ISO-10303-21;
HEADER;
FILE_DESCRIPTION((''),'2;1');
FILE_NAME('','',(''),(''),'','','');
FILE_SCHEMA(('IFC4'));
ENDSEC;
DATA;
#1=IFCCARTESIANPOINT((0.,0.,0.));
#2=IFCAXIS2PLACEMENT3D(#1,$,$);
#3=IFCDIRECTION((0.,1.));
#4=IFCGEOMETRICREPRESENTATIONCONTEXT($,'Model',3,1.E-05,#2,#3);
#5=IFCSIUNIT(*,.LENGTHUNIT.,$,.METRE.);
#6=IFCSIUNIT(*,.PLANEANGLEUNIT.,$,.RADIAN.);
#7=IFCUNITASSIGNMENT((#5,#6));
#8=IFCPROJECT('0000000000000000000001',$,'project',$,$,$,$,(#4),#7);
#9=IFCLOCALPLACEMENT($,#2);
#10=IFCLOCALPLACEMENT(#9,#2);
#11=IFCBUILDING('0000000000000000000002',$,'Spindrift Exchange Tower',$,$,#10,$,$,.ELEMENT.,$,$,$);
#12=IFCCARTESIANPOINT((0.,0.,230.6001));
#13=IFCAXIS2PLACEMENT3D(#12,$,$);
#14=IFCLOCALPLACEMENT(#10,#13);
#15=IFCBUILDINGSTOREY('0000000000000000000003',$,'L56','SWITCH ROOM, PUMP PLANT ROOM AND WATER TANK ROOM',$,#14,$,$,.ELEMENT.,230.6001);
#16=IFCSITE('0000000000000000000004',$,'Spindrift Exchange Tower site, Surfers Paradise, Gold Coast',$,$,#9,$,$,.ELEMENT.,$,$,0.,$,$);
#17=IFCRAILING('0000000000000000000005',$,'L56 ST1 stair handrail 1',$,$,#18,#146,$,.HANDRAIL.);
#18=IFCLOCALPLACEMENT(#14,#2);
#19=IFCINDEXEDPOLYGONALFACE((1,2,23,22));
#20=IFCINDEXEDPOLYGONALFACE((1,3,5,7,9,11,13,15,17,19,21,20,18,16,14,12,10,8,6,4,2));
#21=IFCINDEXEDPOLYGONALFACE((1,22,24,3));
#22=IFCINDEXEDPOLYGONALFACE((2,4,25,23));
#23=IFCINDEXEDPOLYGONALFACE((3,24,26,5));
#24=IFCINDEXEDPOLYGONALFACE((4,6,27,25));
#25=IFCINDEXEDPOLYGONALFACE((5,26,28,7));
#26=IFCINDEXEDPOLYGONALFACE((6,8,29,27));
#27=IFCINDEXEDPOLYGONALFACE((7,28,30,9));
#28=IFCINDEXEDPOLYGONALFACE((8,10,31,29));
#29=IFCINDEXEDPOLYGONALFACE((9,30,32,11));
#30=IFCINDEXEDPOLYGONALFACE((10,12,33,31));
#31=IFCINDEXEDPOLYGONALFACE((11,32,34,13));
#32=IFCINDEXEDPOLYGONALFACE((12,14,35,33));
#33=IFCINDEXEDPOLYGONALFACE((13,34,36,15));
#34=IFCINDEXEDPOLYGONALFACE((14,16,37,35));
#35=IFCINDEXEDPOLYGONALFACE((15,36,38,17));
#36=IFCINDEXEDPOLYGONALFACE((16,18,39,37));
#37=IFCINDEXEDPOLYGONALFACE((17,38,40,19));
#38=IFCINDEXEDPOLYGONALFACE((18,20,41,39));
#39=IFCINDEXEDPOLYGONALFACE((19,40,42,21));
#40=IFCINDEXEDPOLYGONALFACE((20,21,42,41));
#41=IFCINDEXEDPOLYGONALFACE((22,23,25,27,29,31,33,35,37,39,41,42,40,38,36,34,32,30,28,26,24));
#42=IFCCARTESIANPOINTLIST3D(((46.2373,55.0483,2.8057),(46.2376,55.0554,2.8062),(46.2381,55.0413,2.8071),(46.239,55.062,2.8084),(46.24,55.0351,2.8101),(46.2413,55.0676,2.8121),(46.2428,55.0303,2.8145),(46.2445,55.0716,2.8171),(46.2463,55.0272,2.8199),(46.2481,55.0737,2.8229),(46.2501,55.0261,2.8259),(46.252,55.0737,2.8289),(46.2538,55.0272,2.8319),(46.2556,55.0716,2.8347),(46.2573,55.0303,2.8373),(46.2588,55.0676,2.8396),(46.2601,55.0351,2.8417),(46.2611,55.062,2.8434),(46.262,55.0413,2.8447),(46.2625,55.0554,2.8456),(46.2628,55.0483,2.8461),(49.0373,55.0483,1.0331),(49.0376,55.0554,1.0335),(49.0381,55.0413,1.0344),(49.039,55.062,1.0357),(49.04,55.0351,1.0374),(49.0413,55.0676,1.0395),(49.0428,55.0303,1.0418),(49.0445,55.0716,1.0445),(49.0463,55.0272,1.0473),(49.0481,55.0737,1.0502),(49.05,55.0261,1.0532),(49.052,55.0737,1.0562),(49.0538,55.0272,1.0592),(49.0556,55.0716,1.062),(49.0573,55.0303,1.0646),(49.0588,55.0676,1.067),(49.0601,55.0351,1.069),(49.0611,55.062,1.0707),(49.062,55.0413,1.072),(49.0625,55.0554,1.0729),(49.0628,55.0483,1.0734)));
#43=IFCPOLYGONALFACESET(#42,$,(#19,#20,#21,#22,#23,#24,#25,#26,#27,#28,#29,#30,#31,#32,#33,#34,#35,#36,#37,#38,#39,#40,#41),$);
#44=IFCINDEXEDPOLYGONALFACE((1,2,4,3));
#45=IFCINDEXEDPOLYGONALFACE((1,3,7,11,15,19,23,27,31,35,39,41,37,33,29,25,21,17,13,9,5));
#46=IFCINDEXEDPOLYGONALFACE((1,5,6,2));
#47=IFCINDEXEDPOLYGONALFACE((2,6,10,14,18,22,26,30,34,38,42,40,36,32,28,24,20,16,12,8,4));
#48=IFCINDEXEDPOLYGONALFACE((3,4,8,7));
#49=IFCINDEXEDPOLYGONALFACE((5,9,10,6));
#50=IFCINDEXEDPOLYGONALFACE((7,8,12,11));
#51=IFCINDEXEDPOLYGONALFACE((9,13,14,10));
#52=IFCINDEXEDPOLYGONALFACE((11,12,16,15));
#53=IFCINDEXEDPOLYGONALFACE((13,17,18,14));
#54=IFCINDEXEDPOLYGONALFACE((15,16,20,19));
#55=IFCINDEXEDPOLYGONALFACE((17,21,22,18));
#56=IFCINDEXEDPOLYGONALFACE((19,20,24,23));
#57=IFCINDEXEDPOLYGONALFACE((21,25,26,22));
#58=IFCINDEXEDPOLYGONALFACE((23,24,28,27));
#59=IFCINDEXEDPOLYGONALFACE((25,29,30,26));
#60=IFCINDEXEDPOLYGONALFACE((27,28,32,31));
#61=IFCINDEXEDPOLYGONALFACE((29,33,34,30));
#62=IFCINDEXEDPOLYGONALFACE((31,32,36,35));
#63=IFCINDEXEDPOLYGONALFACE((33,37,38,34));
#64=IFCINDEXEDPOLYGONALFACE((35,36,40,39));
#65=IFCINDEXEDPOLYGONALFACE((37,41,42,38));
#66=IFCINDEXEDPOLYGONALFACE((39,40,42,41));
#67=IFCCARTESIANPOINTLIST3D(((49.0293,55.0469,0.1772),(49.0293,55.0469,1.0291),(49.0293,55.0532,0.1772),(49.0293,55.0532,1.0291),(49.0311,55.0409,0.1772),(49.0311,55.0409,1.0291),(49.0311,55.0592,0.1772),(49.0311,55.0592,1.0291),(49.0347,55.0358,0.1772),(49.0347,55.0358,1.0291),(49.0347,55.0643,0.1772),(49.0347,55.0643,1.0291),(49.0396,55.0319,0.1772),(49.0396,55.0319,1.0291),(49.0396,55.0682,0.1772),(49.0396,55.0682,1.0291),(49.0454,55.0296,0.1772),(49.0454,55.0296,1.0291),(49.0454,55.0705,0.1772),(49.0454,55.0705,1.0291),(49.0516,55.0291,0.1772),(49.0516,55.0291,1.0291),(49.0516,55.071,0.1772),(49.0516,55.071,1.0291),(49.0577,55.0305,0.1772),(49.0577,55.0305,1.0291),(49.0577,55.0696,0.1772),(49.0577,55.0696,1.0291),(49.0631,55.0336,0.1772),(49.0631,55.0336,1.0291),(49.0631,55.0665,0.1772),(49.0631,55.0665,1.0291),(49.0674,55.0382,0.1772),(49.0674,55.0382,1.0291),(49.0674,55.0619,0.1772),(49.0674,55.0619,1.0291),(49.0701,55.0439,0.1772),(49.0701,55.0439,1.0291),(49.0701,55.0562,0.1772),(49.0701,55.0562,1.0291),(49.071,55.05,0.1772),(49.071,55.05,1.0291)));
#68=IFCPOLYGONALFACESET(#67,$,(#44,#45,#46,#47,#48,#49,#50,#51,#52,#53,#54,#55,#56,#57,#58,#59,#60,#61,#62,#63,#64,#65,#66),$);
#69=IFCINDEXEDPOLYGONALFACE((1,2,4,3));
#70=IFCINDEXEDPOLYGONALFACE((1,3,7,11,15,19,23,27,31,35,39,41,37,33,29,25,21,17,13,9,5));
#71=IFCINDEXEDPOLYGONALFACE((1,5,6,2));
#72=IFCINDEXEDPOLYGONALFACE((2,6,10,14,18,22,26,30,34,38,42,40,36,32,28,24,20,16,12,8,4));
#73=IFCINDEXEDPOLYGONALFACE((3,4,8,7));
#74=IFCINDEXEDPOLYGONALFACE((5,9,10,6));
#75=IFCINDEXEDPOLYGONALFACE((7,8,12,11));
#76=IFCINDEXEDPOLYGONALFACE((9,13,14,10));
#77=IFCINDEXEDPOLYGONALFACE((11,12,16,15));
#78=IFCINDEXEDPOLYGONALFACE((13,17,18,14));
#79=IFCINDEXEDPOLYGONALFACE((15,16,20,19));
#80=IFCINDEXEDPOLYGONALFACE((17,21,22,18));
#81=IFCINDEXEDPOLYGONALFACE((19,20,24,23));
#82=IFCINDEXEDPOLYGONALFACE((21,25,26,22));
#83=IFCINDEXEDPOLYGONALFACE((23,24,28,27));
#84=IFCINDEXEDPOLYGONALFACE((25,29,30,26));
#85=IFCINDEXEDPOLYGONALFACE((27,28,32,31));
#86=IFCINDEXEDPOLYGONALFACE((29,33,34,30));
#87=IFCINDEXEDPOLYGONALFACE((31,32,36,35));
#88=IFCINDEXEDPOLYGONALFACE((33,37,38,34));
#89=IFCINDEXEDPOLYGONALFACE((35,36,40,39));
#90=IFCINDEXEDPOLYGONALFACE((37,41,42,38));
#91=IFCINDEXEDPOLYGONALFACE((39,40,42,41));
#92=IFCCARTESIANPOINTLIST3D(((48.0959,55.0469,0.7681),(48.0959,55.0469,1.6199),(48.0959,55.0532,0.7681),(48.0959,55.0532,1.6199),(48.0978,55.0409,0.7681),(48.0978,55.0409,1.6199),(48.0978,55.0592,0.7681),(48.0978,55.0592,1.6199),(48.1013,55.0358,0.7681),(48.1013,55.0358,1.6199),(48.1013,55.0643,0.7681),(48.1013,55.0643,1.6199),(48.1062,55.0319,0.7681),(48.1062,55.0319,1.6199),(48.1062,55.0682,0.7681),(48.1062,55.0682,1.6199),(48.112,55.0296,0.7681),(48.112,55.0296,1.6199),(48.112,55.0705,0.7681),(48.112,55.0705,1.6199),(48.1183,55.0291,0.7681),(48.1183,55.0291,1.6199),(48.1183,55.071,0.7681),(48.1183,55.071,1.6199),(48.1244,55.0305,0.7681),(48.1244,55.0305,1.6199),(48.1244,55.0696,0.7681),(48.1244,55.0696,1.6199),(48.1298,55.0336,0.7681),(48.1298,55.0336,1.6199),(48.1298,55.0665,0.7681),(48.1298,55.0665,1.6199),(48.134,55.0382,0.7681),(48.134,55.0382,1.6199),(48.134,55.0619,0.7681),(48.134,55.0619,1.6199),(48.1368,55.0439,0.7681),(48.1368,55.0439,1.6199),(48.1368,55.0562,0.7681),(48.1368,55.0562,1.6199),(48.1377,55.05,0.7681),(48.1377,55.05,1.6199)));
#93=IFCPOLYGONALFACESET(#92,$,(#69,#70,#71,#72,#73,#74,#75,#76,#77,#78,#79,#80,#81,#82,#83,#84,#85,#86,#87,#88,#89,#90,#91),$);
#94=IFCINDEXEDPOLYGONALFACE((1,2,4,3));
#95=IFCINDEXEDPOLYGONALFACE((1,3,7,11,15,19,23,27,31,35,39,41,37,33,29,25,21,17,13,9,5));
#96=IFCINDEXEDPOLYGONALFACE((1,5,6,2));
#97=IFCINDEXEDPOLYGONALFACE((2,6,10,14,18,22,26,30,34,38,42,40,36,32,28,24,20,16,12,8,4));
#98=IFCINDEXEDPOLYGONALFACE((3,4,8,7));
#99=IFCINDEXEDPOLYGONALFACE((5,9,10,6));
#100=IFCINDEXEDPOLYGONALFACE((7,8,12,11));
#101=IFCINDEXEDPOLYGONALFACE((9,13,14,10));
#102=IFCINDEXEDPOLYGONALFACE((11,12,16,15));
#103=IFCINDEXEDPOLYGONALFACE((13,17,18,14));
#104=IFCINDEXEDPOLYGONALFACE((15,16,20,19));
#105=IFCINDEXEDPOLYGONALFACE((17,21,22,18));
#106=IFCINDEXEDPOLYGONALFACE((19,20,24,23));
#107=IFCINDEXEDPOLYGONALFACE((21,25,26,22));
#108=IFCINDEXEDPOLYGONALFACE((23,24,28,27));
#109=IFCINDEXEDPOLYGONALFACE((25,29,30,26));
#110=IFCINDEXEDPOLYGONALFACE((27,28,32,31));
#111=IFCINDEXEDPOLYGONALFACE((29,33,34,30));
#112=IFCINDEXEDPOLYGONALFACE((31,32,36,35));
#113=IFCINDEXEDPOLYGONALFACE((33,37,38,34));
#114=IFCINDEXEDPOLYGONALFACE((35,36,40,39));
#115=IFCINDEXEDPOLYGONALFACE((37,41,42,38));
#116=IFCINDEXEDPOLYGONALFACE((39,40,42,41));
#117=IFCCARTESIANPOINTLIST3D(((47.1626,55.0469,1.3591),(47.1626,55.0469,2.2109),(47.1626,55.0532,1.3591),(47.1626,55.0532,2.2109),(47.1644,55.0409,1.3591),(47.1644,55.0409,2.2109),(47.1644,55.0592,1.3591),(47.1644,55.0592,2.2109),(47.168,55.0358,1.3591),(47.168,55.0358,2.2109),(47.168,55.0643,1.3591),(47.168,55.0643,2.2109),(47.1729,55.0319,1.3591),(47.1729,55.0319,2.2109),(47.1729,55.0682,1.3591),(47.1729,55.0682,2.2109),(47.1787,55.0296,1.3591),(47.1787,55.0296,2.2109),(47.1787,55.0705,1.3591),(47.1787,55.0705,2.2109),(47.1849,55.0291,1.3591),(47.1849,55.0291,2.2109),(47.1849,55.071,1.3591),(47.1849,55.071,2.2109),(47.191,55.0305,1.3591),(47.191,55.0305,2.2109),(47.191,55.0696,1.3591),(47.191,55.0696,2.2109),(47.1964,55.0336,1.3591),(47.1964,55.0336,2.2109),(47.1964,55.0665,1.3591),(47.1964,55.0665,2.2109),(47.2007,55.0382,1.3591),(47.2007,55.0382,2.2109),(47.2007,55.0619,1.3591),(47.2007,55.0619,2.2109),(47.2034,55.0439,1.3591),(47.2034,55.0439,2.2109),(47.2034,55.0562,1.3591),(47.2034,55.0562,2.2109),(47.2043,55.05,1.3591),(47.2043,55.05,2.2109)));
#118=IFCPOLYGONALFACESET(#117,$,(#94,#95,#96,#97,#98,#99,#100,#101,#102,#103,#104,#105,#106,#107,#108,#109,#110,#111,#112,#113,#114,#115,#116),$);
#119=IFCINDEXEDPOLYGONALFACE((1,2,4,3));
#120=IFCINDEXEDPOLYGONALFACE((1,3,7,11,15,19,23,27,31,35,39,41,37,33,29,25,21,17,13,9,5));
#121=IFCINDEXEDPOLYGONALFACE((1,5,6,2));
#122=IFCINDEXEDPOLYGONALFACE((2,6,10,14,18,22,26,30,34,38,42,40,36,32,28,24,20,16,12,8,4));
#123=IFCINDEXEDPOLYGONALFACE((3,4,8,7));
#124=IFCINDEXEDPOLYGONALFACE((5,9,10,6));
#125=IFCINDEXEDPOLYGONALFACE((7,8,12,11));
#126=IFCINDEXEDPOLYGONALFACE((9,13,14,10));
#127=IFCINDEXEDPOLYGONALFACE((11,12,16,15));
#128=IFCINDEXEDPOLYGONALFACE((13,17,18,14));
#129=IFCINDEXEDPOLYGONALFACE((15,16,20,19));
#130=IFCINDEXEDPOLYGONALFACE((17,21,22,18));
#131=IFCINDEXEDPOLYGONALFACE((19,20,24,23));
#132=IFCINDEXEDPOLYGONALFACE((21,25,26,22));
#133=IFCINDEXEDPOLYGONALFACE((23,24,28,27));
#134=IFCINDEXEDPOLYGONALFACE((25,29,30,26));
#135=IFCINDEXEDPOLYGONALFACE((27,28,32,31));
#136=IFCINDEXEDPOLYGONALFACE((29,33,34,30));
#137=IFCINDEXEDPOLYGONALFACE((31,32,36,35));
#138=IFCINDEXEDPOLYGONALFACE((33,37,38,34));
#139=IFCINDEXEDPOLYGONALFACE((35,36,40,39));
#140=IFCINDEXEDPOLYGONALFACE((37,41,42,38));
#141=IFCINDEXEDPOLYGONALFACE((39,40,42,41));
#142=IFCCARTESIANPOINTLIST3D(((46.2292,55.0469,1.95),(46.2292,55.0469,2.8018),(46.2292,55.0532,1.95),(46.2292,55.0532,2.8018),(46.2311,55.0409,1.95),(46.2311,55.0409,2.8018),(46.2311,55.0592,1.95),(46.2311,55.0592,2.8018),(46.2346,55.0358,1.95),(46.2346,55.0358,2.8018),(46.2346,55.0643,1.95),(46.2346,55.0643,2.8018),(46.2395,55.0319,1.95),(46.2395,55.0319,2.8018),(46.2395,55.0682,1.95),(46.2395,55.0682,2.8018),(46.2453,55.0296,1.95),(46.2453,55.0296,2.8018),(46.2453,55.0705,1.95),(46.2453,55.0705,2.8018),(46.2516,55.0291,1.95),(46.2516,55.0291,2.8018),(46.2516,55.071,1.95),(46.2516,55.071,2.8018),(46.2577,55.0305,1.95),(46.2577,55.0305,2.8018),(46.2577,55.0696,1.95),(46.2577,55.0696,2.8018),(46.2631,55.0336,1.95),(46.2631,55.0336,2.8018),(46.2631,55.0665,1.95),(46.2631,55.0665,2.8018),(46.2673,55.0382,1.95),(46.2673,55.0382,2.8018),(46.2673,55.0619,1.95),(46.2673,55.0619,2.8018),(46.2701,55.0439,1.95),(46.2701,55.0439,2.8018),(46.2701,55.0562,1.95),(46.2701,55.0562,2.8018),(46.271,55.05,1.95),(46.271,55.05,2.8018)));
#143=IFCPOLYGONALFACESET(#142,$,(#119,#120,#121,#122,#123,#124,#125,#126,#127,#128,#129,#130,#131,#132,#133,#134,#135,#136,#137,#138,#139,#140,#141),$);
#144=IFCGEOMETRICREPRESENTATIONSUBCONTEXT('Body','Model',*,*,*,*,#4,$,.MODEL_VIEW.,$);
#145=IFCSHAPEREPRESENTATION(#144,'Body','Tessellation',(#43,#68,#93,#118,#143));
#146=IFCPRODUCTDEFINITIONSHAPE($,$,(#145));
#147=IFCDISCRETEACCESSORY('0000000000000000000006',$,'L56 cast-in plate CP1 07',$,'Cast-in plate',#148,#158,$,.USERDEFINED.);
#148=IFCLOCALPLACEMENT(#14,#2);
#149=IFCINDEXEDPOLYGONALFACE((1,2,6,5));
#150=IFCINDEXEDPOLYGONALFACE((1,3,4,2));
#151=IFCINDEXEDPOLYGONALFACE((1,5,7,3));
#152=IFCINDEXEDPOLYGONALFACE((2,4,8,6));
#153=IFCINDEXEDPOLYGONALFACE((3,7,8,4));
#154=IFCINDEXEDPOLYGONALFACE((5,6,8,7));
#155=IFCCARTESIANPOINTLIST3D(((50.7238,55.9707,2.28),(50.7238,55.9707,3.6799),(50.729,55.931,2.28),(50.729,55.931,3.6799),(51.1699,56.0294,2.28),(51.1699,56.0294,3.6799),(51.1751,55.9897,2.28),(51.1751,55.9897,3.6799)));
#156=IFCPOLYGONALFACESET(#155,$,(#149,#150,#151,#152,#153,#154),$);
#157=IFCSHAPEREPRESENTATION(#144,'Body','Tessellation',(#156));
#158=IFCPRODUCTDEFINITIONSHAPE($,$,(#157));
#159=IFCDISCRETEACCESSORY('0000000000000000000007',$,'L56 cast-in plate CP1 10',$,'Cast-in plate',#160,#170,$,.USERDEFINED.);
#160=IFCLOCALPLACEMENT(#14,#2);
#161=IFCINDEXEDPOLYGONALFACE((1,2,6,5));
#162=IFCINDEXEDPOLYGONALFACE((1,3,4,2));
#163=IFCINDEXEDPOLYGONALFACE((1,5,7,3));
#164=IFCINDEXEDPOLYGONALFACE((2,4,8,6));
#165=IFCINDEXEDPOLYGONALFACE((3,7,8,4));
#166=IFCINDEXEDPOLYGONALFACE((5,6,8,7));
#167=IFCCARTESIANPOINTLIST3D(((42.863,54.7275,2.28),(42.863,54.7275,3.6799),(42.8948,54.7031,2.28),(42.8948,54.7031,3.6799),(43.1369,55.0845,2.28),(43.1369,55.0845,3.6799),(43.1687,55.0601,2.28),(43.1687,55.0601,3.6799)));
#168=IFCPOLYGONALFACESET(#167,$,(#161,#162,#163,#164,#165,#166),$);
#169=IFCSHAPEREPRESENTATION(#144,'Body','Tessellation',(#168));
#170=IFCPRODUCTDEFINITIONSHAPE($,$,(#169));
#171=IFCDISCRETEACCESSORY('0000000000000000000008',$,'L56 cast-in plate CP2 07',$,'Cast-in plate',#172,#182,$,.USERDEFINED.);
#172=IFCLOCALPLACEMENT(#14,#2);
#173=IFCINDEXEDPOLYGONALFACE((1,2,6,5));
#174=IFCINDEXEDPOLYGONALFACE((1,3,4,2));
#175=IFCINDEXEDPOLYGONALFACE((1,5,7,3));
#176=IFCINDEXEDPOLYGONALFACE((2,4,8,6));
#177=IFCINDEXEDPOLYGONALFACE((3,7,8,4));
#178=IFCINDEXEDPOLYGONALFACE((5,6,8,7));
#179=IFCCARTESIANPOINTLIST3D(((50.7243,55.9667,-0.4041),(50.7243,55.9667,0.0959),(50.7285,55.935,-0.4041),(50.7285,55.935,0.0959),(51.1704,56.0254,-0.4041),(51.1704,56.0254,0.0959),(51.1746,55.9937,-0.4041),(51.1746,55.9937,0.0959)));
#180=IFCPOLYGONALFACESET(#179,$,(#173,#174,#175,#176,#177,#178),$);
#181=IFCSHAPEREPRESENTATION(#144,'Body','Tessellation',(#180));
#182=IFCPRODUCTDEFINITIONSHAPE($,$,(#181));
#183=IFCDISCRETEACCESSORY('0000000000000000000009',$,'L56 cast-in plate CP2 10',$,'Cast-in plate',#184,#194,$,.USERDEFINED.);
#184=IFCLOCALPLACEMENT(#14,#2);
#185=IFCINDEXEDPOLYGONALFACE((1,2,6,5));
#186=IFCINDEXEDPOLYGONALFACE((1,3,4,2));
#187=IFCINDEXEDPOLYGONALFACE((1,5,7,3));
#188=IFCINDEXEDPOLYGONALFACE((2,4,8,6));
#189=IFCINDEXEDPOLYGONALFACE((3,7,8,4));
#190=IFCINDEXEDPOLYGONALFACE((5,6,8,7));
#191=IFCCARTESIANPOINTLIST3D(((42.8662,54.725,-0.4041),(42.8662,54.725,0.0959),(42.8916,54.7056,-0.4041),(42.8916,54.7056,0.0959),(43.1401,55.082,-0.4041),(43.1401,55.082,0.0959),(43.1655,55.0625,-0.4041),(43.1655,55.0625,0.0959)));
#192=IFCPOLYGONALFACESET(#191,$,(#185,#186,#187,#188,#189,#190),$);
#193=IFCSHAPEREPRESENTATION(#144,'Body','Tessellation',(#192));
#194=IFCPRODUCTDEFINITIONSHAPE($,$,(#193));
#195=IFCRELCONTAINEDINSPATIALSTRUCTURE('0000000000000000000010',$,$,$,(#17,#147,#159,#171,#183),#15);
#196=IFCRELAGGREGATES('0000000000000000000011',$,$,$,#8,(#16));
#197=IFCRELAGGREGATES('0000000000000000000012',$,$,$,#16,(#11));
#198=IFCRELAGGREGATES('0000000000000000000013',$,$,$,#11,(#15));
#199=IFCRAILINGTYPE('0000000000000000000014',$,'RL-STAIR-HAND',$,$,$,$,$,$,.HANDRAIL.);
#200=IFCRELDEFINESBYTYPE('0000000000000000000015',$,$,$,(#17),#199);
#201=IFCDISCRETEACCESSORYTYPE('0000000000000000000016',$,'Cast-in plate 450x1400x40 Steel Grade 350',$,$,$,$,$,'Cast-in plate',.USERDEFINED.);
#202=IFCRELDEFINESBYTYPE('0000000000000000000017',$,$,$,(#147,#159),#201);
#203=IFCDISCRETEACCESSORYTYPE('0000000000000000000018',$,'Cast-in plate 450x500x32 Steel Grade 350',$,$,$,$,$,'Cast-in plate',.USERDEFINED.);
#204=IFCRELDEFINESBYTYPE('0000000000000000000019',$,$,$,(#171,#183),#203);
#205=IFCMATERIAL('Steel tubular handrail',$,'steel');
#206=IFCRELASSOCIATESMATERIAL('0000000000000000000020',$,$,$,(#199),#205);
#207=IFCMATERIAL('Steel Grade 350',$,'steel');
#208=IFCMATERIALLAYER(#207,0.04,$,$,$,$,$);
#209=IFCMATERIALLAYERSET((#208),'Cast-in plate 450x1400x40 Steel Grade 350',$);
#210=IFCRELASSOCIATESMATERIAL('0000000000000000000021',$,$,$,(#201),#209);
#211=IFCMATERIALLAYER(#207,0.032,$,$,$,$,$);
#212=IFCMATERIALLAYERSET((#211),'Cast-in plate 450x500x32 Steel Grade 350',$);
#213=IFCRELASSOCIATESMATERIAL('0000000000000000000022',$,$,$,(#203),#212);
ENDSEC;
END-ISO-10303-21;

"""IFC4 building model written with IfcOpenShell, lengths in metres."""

from ifc_helpers import new_model, si_unit, direction, frame, origin, origin_2d, place, context, subcontext, project, spatial, rectangle, circle, extrude, source, transform, mapped, material, layer, layer_set, type_object, element, save


model = new_model("IFC4")

# Units and contexts
model_context = context("Model", 3, precision=1e-05, world=origin(), true_north=direction((0.0, 1.0)))
body_context = subcontext(model_context, "Body", "Model", "MODEL_VIEW")
ifc_project = project(units=[si_unit("LENGTHUNIT", "METRE"), si_unit("PLANEANGLEUNIT", "RADIAN")], contexts=[model_context])

# Site, building, storey
site_placement = place(None, origin())
site = spatial("IfcSite", under=ifc_project, at=site_placement, Name="Spindrift Exchange Tower site, Surfers Paradise, Gold Coast", CompositionType="ELEMENT", RefElevation=0.0)
building_placement = place(site_placement, origin())
building = spatial("IfcBuilding", under=site, at=building_placement, Name="Spindrift Exchange Tower", CompositionType="ELEMENT")
storey_placement = place(building_placement, frame((0.0, 0.0, 230.6001)))
storey = spatial("IfcBuildingStorey", under=building, at=storey_placement, Name="L56", Description="SWITCH ROOM, PUMP PLANT ROOM AND WATER TANK ROOM", CompositionType="ELEMENT", Elevation=230.6001)

# Railing
ifc_material_1 = material(Name="Steel tubular handrail", Category="steel")
railing_type = type_object("IfcRailingType", Name="RL-STAIR-HAND", PredefinedType="HANDRAIL", material=ifc_material_1)
railing_placement = place(storey_placement, frame((49.05, 55.05, 0.1772)))
element("IfcRailing", 1, at=railing_placement, inside=storey, type_object=railing_type, Name="L56 ST1 stair handrail 1", PredefinedType="HANDRAIL", context=body_context, shape_type="SweptSolid", body=[
    extrude(circle(Radius=0.0239, at=origin_2d()), frame((0.0, 0.0, 0.876), z_axis=(-0.844909, 0.0, 0.53491), x_axis=(0.0, -1.0, 0.0)), (0.0, 0.0, 1.0), 3.314),
    extrude(circle(Radius=0.021, at=origin_2d()), origin(), (0.0, 0.0, 1.0), 0.8518),
    extrude(circle(Radius=0.021, at=origin_2d()), frame((-0.9333, 0.0, 0.5908)), (0.0, 0.0, 1.0), 0.8518),
    extrude(circle(Radius=0.021, at=origin_2d()), frame((-1.8667, 0.0, 1.1819)), (0.0, 0.0, 1.0), 0.8518),
    extrude(circle(Radius=0.021, at=origin_2d()), frame((-2.8, 0.0, 1.7727)), (0.0, 0.0, 1.0), 0.8518),
])

# Discrete accessories
ifc_material_2 = material(Name="Steel Grade 350", Category="steel")
ifc_layer_1 = layer(ifc_material_2, 0.04)
ifc_layer_set_1 = layer_set([ifc_layer_1], Name="Cast-in plate 450x1400x40 Steel Grade 350")
discrete_accessory_type_1 = type_object("IfcDiscreteAccessoryType", Name="Cast-in plate 450x1400x40 Steel Grade 350", ElementType="Cast-in plate", PredefinedType="USERDEFINED", material=ifc_layer_set_1)
shared_shape_1 = source(origin(), body_context, "Body", "SweptSolid", [
    extrude(rectangle(XDim=0.04, YDim=0.45, at=origin_2d()), origin(), (0.0, 0.0, 1.0), 1.3999),
])
for number, where, z_axis, x_axis, name in (
    (2, (50.9495, 55.9802, 2.28), (0.0, 0.0, 1.0), (-0.130526, 0.991445, 0.0), "L56 cast-in plate CP1 07"),
    (3, (43.0159, 54.8938, 2.28), (0.0, 0.0, 1.0), (-0.793353, 0.608761, 0.0), "L56 cast-in plate CP1 10"),
):
    element("IfcDiscreteAccessory", number, at=place(storey_placement, frame(where, z_axis=z_axis, x_axis=x_axis)), inside=storey, type_object=discrete_accessory_type_1, Name=name, ObjectType="Cast-in plate", PredefinedType="USERDEFINED", context=body_context, shape_type="MappedRepresentation", body=[
        mapped(shared_shape_1, transform((0.0, 0.0, 0.0), scale=1.0)),
    ])
ifc_layer_2 = layer(ifc_material_2, 0.032)
ifc_layer_set_2 = layer_set([ifc_layer_2], Name="Cast-in plate 450x500x32 Steel Grade 350")
discrete_accessory_type_2 = type_object("IfcDiscreteAccessoryType", Name="Cast-in plate 450x500x32 Steel Grade 350", ElementType="Cast-in plate", PredefinedType="USERDEFINED", material=ifc_layer_set_2)
shared_shape_2 = source(origin(), body_context, "Body", "SweptSolid", [
    extrude(rectangle(XDim=0.032, YDim=0.45, at=origin_2d()), origin(), (0.0, 0.0, 1.0), 0.5),
])
for number, where, z_axis, x_axis, name in (
    (4, (50.9495, 55.9802, -0.4041), (0.0, 0.0, 1.0), (-0.130526, 0.991445, 0.0), "L56 cast-in plate CP2 07"),
    (5, (43.0159, 54.8938, -0.4041), (0.0, 0.0, 1.0), (-0.793353, 0.608761, 0.0), "L56 cast-in plate CP2 10"),
):
    element("IfcDiscreteAccessory", number, at=place(storey_placement, frame(where, z_axis=z_axis, x_axis=x_axis)), inside=storey, type_object=discrete_accessory_type_2, Name=name, ObjectType="Cast-in plate", PredefinedType="USERDEFINED", context=body_context, shape_type="MappedRepresentation", body=[
        mapped(shared_shape_2, transform((0.0, 0.0, 0.0), scale=1.0)),
    ])

save(model, "model.ifc")
